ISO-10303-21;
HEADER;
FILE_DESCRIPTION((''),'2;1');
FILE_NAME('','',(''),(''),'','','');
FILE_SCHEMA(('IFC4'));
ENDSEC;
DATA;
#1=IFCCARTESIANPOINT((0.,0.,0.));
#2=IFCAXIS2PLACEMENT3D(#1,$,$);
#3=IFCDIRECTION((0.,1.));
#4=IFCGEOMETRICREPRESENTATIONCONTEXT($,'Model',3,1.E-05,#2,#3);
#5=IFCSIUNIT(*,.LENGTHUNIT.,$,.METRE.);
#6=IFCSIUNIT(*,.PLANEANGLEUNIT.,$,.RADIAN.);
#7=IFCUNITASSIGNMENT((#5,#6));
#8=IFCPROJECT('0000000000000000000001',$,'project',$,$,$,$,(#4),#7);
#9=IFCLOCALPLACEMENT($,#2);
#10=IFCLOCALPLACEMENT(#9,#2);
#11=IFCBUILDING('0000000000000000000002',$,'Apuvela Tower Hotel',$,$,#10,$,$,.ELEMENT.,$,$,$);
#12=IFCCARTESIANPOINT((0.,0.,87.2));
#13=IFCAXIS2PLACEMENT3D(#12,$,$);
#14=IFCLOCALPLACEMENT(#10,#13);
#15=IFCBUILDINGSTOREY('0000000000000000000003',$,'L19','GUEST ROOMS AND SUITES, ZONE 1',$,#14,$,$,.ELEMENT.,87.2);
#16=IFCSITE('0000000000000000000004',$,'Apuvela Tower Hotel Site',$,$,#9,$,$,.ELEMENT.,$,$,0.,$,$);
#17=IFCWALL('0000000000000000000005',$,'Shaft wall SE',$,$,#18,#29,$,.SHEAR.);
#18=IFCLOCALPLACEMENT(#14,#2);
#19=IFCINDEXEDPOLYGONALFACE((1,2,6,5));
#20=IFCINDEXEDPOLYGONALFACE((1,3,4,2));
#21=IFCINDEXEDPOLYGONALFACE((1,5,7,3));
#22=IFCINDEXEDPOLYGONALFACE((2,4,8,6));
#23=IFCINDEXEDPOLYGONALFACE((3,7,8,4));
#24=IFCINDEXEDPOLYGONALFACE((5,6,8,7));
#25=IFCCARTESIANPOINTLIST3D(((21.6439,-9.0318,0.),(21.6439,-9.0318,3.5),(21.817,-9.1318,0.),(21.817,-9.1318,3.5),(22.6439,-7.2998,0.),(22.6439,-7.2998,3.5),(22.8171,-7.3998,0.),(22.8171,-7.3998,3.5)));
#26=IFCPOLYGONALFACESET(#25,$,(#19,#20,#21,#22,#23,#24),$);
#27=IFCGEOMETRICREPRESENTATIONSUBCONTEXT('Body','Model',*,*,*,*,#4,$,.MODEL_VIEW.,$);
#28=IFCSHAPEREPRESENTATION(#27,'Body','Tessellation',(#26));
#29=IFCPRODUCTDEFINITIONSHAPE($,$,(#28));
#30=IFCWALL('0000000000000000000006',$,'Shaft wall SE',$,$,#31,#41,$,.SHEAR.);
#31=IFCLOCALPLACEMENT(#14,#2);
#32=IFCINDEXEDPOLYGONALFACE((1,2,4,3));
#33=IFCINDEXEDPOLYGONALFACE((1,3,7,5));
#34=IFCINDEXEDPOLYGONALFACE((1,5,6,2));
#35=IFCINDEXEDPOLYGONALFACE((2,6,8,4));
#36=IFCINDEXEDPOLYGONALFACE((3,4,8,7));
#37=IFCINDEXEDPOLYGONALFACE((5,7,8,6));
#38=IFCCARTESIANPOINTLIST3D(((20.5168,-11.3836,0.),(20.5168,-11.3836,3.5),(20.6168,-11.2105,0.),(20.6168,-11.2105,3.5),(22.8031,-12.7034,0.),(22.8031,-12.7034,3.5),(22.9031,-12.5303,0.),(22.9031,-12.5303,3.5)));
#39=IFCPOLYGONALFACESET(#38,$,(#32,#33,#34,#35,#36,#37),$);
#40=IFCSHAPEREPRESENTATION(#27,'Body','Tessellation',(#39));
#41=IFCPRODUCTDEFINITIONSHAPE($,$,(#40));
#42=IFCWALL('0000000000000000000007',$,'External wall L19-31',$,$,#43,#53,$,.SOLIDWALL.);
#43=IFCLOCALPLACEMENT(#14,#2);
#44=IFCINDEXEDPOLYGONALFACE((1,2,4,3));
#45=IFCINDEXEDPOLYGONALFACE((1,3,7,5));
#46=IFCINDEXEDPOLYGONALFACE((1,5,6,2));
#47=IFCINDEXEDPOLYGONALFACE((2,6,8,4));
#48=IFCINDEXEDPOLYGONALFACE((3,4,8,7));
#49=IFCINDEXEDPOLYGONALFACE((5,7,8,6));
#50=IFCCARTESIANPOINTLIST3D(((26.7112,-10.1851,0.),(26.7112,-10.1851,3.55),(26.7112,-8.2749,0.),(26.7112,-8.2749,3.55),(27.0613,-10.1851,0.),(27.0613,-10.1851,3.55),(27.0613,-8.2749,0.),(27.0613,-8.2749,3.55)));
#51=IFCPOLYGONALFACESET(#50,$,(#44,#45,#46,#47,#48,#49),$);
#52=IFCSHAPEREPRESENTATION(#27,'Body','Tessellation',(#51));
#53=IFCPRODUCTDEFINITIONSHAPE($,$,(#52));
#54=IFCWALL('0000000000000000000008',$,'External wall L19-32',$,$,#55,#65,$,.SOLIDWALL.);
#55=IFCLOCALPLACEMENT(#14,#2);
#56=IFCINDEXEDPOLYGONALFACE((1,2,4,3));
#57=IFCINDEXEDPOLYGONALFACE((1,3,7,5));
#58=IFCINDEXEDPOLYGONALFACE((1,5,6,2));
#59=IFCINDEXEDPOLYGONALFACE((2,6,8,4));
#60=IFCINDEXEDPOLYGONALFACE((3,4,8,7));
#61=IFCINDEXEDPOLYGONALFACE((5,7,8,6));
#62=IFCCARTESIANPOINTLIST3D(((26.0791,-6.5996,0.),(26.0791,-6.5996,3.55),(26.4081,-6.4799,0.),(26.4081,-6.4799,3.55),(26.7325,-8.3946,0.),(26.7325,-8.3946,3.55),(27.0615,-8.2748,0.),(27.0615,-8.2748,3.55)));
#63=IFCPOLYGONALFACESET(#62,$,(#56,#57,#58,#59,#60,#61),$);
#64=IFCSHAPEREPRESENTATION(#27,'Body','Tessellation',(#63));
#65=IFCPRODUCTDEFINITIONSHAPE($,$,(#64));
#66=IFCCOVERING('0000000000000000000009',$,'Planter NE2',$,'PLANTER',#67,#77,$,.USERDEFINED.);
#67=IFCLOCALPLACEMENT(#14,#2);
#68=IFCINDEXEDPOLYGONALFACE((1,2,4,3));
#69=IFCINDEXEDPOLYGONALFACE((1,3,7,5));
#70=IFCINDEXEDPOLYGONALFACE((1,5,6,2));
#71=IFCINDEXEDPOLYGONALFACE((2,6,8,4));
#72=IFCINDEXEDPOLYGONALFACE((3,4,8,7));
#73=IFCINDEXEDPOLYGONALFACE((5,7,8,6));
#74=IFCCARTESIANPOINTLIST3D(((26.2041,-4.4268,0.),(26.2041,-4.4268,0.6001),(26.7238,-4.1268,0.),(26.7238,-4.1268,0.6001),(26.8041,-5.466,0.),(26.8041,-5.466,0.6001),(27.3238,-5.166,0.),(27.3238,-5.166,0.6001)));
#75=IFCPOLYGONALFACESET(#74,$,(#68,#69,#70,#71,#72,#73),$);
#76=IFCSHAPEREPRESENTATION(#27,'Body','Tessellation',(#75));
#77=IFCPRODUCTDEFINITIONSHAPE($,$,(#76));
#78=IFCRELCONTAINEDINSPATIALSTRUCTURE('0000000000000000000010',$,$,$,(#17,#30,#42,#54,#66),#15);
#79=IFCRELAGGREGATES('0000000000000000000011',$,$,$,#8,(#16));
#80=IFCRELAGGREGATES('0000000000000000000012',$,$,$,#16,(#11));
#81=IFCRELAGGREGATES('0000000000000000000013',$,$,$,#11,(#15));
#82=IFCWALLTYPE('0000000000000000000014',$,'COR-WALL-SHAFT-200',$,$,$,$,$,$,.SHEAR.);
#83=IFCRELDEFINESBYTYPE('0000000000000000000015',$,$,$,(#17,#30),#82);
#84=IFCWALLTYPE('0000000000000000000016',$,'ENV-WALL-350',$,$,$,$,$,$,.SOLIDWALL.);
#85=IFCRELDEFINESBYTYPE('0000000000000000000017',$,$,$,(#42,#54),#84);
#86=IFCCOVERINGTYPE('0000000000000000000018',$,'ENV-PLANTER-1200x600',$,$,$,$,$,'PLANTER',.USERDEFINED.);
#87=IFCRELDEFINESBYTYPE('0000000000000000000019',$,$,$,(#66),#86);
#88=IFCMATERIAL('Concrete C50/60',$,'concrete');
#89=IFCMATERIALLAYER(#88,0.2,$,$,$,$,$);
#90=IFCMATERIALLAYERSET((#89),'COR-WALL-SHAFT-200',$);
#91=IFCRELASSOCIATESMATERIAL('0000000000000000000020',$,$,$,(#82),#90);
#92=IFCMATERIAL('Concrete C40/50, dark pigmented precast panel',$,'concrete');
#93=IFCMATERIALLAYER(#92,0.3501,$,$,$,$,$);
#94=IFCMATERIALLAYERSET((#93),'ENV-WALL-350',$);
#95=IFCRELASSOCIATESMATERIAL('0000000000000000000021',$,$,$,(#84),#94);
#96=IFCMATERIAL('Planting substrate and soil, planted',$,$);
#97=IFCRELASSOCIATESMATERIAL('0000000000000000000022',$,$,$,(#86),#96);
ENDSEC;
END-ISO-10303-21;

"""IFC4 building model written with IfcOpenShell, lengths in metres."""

from ifc_helpers import new_model, si_unit, direction, frame, frame_2d, origin, origin_2d, place, context, subcontext, project, spatial, rectangle, extrude, material, layer, layer_set, type_object, element, save


model = new_model("IFC4")

# Units and contexts
model_context = context("Model", 3, precision=1e-05, world=origin(), true_north=direction((0.0, 1.0)))
body_context = subcontext(model_context, "Body", "Model", "MODEL_VIEW")
ifc_project = project(units=[si_unit("LENGTHUNIT", "METRE"), si_unit("PLANEANGLEUNIT", "RADIAN")], contexts=[model_context])

# Site, building, storey
site_placement = place(None, origin())
site = spatial("IfcSite", under=ifc_project, at=site_placement, Name="Apuvela Tower Hotel Site", CompositionType="ELEMENT", RefElevation=0.0)
building_placement = place(site_placement, origin())
building = spatial("IfcBuilding", under=site, at=building_placement, Name="Apuvela Tower Hotel", CompositionType="ELEMENT")
storey_placement = place(building_placement, frame((0.0, 0.0, 87.2)))
storey = spatial("IfcBuildingStorey", under=building, at=storey_placement, Name="L19", Description="GUEST ROOMS AND SUITES, ZONE 1", CompositionType="ELEMENT", Elevation=87.2)

# Walls
ifc_material_1 = material(Name="Concrete C50/60", Category="concrete")
ifc_layer_1 = layer(ifc_material_1, 0.2)
ifc_layer_set_1 = layer_set([ifc_layer_1], Name="COR-WALL-SHAFT-200")
wall_type_1 = type_object("IfcWallType", Name="COR-WALL-SHAFT-200", PredefinedType="SHEAR", material=ifc_layer_set_1)
for number, where, z_axis, x_axis, name in (
    (1, (21.7305, -9.0818, 0.0), (0.0, 0.0, 1.0), (0.500025, 0.866011, 0.0), "Shaft wall SE"),
):
    element("IfcWall", number, at=place(storey_placement, frame(where, z_axis=z_axis, x_axis=x_axis)), inside=storey, type_object=wall_type_1, Name=name, PredefinedType="SHEAR", context=body_context, shape_type="SweptSolid", body=[
        extrude(rectangle(XDim=2.0, YDim=0.2, at=frame_2d((1.0, 0.0))), origin(), (0.0, 0.0, 1.0), 3.5),
    ])
wall_1_placement = place(storey_placement, frame((20.5669, -11.2971, 0.0), z_axis=(0.0, 0.0, 1.0), x_axis=(0.866061, -0.499939, 0.0)))
element("IfcWall", 2, at=wall_1_placement, inside=storey, type_object=wall_type_1, Name="Shaft wall SE", PredefinedType="SHEAR", context=body_context, shape_type="SweptSolid", body=[
    extrude(rectangle(XDim=2.6399, YDim=0.2, at=frame_2d((1.3198, 0.0))), origin(), (0.0, 0.0, 1.0), 3.5),
])
ifc_material_2 = material(Name="Concrete C40/50, dark pigmented precast panel", Category="concrete")
ifc_layer_2 = layer(ifc_material_2, 0.3501)
ifc_layer_set_2 = layer_set([ifc_layer_2], Name="ENV-WALL-350")
wall_type_2 = type_object("IfcWallType", Name="ENV-WALL-350", PredefinedType="SOLIDWALL", material=ifc_layer_set_2)
for number, where, z_axis, x_axis, name in (
    (3, (26.8862, -10.1851, 0.0), (0.0, 0.0, 1.0), (0.0, 1.0, 0.0), "External wall L19-31"),
    (4, (26.897, -8.3347, 0.0), (0.0, 0.0, 1.0), (-0.34203, 0.939689, 0.0), "External wall L19-32"),
):
    element("IfcWall", number, at=place(storey_placement, frame(where, z_axis=z_axis, x_axis=x_axis)), inside=storey, type_object=wall_type_2, Name=name, PredefinedType="SOLIDWALL", context=body_context, shape_type="SweptSolid", body=[
        extrude(rectangle(XDim=1.9102, YDim=0.3501, at=frame_2d((0.9551, 0.0))), origin(), (0.0, 0.0, 1.0), 3.55),
    ])

# Covering
ifc_material_3 = material(Name="Planting substrate and soil, planted")
covering_type = type_object("IfcCoveringType", Name="ENV-PLANTER-1200x600", ElementType="PLANTER", PredefinedType="USERDEFINED", material=ifc_material_3)
covering_placement = place(storey_placement, frame((26.7639, -4.7964, 0.0), z_axis=(0.0, 0.0, 1.0), x_axis=(-0.5, 0.866025, 0.0)))
element("IfcCovering", 5, at=covering_placement, inside=storey, type_object=covering_type, Name="Planter NE2", ObjectType="PLANTER", PredefinedType="USERDEFINED", context=body_context, shape_type="SweptSolid", body=[
    extrude(rectangle(XDim=1.2, YDim=0.6001, at=origin_2d()), origin(), (0.0, 0.0, 1.0), 0.6001),
])

save(model, "model.ifc")
